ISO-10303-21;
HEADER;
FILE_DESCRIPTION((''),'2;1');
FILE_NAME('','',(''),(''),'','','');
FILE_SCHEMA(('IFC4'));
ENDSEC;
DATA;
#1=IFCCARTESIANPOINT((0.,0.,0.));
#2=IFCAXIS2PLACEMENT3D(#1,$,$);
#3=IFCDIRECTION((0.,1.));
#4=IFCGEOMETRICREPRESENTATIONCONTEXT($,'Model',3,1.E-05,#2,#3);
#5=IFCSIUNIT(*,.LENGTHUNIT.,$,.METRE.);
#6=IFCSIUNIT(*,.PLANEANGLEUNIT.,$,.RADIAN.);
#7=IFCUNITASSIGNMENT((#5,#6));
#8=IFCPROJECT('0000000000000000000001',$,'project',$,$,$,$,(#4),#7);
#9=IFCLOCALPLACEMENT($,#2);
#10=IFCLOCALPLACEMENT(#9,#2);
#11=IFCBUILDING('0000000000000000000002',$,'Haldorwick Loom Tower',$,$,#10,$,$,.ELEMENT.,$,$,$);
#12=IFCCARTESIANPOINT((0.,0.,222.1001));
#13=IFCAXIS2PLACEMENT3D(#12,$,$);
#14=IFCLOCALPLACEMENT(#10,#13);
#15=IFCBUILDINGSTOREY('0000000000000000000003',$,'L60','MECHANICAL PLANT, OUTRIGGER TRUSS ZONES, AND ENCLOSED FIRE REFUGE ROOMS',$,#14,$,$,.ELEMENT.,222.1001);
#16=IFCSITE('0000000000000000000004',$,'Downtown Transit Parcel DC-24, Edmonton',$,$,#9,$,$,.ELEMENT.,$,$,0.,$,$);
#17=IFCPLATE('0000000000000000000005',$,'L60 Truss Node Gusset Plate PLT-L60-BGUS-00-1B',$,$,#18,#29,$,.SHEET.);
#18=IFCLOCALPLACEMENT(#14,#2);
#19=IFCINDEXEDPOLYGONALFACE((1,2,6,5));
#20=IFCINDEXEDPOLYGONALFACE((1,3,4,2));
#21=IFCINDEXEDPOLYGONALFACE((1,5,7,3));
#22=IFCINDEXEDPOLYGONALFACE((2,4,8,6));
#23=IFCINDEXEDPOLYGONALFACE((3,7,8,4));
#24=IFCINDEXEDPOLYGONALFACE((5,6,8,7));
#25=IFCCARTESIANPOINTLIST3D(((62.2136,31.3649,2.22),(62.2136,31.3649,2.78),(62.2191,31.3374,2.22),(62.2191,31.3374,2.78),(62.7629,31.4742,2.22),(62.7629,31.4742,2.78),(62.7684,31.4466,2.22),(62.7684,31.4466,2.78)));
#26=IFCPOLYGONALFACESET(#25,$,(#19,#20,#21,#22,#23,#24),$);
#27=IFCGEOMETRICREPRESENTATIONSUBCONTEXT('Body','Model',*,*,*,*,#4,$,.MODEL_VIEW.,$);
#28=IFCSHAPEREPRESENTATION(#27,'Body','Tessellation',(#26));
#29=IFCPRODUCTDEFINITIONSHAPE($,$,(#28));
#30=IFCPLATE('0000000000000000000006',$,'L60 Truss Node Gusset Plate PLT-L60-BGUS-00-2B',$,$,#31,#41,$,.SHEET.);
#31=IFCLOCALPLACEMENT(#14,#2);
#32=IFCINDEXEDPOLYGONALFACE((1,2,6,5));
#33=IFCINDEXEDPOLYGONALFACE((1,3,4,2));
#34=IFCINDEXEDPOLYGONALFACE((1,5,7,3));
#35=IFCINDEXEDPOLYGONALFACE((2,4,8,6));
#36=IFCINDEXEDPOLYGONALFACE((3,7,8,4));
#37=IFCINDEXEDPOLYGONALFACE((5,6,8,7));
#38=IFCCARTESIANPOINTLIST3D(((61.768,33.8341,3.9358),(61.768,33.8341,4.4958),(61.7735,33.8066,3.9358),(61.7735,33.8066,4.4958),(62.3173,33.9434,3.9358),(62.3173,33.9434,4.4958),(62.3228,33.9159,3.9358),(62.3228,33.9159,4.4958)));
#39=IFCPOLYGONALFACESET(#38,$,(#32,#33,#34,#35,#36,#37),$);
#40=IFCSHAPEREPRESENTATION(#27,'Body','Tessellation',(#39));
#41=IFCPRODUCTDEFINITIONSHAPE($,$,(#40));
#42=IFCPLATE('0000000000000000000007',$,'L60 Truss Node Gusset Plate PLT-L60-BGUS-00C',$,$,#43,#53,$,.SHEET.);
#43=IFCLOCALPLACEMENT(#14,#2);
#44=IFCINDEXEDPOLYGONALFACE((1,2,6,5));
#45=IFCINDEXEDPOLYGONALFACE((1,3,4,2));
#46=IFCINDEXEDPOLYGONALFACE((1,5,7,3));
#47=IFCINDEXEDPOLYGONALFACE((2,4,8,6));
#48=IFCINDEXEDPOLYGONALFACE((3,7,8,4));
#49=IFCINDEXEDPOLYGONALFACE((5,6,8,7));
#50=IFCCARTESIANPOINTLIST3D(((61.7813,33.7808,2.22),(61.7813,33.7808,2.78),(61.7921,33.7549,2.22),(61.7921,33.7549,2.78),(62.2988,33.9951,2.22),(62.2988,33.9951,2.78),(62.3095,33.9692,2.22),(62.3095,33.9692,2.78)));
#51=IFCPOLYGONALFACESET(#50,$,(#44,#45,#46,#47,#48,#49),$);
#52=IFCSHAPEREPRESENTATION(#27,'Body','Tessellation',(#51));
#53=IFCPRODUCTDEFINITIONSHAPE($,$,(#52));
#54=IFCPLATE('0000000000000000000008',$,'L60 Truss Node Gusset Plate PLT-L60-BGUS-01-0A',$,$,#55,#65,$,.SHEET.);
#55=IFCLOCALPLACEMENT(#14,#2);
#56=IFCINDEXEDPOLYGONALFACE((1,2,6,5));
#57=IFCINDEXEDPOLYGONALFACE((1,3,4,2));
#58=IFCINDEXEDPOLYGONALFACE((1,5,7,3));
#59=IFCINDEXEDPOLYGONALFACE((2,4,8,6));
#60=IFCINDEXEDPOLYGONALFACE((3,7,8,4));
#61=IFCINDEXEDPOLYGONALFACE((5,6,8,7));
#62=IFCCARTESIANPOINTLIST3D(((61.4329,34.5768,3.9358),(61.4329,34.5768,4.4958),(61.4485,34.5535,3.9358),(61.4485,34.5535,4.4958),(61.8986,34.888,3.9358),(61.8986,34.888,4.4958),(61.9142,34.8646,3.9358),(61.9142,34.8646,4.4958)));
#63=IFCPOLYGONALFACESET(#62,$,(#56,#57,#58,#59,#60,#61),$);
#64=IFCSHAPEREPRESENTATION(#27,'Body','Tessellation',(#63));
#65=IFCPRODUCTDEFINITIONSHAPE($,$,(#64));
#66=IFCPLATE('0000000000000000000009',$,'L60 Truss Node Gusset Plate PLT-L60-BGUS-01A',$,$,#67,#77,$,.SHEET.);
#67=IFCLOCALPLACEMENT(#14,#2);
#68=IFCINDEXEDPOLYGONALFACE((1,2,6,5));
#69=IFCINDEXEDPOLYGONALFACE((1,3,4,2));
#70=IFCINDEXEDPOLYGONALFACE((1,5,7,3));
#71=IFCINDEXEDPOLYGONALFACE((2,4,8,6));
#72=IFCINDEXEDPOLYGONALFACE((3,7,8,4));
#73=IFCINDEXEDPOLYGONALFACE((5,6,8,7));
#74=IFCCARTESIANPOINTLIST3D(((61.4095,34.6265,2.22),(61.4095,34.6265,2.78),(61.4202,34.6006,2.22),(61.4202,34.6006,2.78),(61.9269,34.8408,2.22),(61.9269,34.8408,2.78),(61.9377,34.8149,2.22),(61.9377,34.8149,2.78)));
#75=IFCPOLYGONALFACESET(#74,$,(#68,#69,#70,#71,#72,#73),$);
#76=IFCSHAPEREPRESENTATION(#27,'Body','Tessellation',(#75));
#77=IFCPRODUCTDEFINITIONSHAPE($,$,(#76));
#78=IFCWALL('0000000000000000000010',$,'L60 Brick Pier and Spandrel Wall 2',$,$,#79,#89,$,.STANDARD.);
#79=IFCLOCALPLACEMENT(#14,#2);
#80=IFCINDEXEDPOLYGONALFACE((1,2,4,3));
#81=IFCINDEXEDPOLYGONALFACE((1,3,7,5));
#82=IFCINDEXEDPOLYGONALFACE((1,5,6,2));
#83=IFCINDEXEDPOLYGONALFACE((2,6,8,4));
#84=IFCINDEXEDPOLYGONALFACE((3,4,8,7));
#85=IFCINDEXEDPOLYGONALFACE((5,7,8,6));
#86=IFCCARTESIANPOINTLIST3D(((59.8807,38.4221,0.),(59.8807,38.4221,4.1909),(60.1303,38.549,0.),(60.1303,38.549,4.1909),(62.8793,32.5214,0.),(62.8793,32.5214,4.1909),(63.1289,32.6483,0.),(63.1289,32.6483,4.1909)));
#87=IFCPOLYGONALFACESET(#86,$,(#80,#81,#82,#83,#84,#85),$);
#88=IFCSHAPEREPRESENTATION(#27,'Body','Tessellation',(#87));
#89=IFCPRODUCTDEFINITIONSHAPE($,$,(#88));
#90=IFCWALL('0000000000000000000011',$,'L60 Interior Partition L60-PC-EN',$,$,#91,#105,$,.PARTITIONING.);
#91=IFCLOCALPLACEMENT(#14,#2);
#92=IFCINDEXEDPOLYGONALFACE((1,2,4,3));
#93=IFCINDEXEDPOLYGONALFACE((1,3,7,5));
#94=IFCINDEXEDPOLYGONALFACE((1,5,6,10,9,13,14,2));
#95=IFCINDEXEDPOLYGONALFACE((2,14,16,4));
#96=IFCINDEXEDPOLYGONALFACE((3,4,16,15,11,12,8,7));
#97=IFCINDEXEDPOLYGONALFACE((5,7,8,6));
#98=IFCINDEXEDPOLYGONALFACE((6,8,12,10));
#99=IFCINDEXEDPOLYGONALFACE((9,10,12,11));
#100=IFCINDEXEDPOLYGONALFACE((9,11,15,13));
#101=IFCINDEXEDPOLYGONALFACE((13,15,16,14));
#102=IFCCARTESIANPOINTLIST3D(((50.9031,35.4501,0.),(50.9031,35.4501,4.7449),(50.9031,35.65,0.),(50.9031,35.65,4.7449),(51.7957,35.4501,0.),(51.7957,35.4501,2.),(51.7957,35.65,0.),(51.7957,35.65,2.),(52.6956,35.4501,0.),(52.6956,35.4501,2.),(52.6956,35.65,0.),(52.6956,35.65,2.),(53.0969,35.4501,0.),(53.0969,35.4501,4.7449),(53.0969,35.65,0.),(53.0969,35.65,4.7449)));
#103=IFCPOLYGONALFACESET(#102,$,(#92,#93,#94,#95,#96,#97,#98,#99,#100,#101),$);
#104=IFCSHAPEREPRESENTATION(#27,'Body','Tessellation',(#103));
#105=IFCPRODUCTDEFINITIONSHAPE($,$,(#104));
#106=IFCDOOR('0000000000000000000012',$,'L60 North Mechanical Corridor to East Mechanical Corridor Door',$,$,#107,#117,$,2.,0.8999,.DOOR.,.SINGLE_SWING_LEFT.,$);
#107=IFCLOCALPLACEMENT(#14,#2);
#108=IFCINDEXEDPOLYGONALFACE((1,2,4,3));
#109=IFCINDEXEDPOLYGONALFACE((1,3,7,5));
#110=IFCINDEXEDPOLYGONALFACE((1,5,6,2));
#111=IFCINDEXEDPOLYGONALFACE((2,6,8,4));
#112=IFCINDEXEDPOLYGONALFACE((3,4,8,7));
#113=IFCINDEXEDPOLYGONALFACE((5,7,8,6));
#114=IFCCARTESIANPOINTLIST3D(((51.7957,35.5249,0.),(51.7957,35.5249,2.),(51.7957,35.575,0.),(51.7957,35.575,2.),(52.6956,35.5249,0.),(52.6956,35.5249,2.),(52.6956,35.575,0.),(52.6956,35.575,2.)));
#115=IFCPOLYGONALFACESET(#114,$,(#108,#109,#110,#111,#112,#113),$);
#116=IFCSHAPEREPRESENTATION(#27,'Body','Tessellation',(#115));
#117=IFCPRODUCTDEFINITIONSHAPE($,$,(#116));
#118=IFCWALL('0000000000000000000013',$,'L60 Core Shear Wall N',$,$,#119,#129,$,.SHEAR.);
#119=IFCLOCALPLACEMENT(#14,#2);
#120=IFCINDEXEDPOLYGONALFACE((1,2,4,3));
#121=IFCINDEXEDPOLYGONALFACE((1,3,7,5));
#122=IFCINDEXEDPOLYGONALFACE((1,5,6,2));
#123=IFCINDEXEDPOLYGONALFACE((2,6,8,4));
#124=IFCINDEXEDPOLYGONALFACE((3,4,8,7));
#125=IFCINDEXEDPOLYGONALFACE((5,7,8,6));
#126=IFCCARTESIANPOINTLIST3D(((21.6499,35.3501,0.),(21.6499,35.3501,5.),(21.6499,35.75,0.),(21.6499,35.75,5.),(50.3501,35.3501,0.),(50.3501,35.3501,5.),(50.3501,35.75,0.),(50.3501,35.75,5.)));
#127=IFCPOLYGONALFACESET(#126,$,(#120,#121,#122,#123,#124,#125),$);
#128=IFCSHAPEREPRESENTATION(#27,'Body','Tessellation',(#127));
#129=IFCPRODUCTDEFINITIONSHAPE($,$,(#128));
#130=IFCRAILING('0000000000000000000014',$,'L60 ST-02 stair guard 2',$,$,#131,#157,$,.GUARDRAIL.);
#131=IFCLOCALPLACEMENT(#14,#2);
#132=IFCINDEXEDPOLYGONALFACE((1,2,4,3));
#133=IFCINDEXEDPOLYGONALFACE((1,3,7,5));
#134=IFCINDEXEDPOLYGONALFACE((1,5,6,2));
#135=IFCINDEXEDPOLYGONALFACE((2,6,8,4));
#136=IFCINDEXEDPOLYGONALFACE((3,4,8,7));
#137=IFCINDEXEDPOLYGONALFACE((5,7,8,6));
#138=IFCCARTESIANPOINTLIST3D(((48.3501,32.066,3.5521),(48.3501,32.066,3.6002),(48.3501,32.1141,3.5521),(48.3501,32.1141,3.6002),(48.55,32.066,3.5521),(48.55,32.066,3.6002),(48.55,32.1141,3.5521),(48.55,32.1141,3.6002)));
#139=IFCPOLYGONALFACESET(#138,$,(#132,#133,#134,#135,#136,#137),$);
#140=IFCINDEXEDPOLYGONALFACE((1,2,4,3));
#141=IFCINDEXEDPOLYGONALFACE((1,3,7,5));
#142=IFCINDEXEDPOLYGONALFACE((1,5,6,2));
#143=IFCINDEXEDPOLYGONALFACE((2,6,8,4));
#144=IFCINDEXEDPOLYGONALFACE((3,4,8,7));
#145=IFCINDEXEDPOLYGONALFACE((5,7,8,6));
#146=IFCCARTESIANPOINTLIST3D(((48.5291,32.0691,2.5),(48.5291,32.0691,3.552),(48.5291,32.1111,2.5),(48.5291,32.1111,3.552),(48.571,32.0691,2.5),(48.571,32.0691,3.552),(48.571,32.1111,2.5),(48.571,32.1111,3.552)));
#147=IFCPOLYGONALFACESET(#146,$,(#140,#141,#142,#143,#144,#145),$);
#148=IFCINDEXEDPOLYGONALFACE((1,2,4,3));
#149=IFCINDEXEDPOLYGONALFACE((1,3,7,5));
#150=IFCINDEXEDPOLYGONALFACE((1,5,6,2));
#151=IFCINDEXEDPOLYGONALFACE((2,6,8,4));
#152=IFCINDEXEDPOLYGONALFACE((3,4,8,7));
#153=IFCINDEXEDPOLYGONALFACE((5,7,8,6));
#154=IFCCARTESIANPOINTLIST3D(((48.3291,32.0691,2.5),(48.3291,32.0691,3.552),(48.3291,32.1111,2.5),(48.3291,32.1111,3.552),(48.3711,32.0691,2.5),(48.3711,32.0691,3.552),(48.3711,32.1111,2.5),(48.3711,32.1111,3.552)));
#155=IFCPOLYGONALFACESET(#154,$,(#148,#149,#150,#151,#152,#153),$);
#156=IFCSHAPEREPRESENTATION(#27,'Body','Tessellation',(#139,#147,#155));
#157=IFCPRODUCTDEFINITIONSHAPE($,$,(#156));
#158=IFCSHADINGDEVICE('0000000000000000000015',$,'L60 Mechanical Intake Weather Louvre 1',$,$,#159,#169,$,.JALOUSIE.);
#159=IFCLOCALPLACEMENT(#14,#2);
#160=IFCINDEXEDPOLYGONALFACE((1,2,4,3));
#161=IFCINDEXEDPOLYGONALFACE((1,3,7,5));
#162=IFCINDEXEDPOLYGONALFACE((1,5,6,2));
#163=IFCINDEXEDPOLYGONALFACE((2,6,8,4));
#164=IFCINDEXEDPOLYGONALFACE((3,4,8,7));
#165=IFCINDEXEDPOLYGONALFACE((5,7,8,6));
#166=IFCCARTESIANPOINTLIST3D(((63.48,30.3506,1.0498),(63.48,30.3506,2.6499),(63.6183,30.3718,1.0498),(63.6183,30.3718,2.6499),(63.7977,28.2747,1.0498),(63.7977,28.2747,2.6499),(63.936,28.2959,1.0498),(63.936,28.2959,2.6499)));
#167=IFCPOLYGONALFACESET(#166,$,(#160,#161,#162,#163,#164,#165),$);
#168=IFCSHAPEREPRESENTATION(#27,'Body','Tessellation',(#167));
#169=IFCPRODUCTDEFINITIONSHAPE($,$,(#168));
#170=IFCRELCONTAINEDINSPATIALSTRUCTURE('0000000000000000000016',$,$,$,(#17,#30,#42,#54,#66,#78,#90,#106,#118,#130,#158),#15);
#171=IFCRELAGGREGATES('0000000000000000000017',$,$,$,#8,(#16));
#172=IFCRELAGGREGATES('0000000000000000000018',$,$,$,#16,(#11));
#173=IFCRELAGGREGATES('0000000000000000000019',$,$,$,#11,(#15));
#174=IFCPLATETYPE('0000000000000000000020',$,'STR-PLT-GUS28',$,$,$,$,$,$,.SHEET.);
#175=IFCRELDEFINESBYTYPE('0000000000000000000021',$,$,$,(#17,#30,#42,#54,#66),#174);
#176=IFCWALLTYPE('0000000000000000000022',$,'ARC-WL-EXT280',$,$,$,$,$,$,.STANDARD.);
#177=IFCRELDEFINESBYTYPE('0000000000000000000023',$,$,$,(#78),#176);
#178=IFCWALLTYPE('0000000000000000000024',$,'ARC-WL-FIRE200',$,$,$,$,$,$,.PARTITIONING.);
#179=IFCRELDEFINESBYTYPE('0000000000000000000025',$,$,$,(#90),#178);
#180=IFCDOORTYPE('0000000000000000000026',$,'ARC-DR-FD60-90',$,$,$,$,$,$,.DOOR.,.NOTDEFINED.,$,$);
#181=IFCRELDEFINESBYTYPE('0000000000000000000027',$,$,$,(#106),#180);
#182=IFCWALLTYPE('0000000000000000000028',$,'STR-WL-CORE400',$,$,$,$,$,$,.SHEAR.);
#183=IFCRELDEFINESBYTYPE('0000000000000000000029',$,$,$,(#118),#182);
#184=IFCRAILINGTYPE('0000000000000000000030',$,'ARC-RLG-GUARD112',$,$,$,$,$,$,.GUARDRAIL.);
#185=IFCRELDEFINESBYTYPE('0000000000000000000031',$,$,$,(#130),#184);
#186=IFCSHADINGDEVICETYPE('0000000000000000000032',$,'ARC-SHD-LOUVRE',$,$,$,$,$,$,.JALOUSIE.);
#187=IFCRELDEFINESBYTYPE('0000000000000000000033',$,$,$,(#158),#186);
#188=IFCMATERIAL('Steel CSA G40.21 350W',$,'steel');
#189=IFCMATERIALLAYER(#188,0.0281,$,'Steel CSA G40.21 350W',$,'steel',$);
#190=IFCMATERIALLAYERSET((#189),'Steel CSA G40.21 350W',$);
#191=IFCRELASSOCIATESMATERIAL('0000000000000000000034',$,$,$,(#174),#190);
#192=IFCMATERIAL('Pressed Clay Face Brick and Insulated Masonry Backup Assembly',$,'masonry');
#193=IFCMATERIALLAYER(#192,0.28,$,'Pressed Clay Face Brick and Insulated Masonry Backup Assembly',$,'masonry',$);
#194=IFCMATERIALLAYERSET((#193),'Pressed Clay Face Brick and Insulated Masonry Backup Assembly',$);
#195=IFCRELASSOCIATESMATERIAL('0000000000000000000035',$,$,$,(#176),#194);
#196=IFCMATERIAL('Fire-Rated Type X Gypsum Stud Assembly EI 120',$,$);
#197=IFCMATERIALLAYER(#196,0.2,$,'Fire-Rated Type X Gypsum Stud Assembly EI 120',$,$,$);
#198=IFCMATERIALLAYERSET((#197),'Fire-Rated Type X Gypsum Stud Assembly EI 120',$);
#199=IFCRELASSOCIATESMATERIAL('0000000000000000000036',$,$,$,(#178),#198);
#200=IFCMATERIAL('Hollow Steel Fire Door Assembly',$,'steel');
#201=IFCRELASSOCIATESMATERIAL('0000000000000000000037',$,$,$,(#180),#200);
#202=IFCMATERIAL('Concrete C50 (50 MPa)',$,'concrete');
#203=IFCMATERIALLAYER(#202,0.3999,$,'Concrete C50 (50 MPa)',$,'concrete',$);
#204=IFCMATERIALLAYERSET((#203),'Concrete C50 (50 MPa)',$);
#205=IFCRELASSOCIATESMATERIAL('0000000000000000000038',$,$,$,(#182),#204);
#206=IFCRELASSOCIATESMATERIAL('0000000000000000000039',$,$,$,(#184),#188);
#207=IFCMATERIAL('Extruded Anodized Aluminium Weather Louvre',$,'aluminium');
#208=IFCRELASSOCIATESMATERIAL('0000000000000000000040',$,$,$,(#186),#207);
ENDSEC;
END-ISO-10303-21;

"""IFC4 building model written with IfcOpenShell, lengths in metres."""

from ifc_helpers import new_model, si_unit, direction, frame, frame_2d, origin, origin_2d, place, context, subcontext, project, spatial, rectangle, extrude, material, layer, layer_set, type_object, element, fill, save


model = new_model("IFC4")

# Units and contexts
model_context = context("Model", 3, precision=1e-05, world=origin(), true_north=direction((0.0, 1.0)))
body_context = subcontext(model_context, "Body", "Model", "MODEL_VIEW")
ifc_project = project(units=[si_unit("LENGTHUNIT", "METRE"), si_unit("PLANEANGLEUNIT", "RADIAN")], contexts=[model_context])

# Site, building, storey
site_placement = place(None, origin())
site = spatial("IfcSite", under=ifc_project, at=site_placement, Name="Downtown Transit Parcel DC-24, Edmonton", CompositionType="ELEMENT", RefElevation=0.0)
building_placement = place(site_placement, origin())
building = spatial("IfcBuilding", under=site, at=building_placement, Name="Haldorwick Loom Tower", CompositionType="ELEMENT")
storey_placement = place(building_placement, frame((0.0, 0.0, 222.1001)))
storey = spatial("IfcBuildingStorey", under=building, at=storey_placement, Name="L60", Description="MECHANICAL PLANT, OUTRIGGER TRUSS ZONES, AND ENCLOSED FIRE REFUGE ROOMS", CompositionType="ELEMENT", Elevation=222.1001)

# Shared definitions
ifc_material_1 = material(Name="Steel CSA G40.21 350W", Category="steel")

# Plates
ifc_layer_1 = layer(ifc_material_1, 0.0281, Name="Steel CSA G40.21 350W", Category="steel")
ifc_layer_set_1 = layer_set([ifc_layer_1], Name="Steel CSA G40.21 350W")
plate_type = type_object("IfcPlateType", Name="STR-PLT-GUS28", PredefinedType="SHEET", material=ifc_layer_set_1)
for number, where, z_axis, x_axis, name in (
    (1, (62.491, 31.4058, 2.22), (0.0, 0.0, 1.0), (0.980785, 0.19509, 0.0), "L60 Truss Node Gusset Plate PLT-L60-BGUS-00-1B"),
    (2, (62.0454, 33.875, 3.9358), (0.0, 0.0, 1.0), (0.980785, 0.19509, 0.0), "L60 Truss Node Gusset Plate PLT-L60-BGUS-00-2B"),
    (3, (62.0454, 33.875, 2.22), (0.0, 0.0, 1.0), (0.92388, 0.382683, 0.0), "L60 Truss Node Gusset Plate PLT-L60-BGUS-00C"),
    (4, (61.6736, 34.7207, 3.9358), (0.0, 0.0, 1.0), (0.83147, 0.55557, 0.0), "L60 Truss Node Gusset Plate PLT-L60-BGUS-01-0A"),
    (5, (61.6736, 34.7207, 2.22), (0.0, 0.0, 1.0), (0.92388, 0.382683, 0.0), "L60 Truss Node Gusset Plate PLT-L60-BGUS-01A"),
):
    element("IfcPlate", number, at=place(storey_placement, frame(where, z_axis=z_axis, x_axis=x_axis)), inside=storey, type_object=plate_type, Name=name, PredefinedType="SHEET", context=body_context, shape_type="SweptSolid", body=[
        extrude(rectangle(XDim=0.5601, YDim=0.0281, at=origin_2d()), origin(), (0.0, 0.0, 1.0), 0.5601),
    ])

# Wall
ifc_material_2 = material(Name="Pressed Clay Face Brick and Insulated Masonry Backup Assembly", Category="masonry")
ifc_layer_2 = layer(ifc_material_2, 0.28, Name="Pressed Clay Face Brick and Insulated Masonry Backup Assembly", Category="masonry")
ifc_layer_set_2 = layer_set([ifc_layer_2], Name="Pressed Clay Face Brick and Insulated Masonry Backup Assembly")
wall_type_1 = type_object("IfcWallType", Name="ARC-WL-EXT280", PredefinedType="STANDARD", material=ifc_layer_set_2)
wall_1_placement = place(storey_placement, frame((63.0042, 32.5847, 0.0), z_axis=(0.0, 0.0, 1.0), x_axis=(-0.453032, 0.891494, 0.0)))
element("IfcWall", 6, at=wall_1_placement, inside=storey, type_object=wall_type_1, Name="L60 Brick Pier and Spandrel Wall 2", PredefinedType="STANDARD", context=body_context, shape_type="SweptSolid", body=[
    extrude(rectangle(XDim=6.6189, YDim=0.28, at=frame_2d((3.3096, 0.0))), origin(), (0.0, 0.0, 1.0), 4.1909),
])

# Wall, opening, door
ifc_material_3 = material(Name="Fire-Rated Type X Gypsum Stud Assembly EI 120")
ifc_layer_3 = layer(ifc_material_3, 0.2, Name="Fire-Rated Type X Gypsum Stud Assembly EI 120")
ifc_layer_set_3 = layer_set([ifc_layer_3], Name="Fire-Rated Type X Gypsum Stud Assembly EI 120")
wall_type_2 = type_object("IfcWallType", Name="ARC-WL-FIRE200", PredefinedType="PARTITIONING", material=ifc_layer_set_3)
wall_2_placement = place(storey_placement, frame((50.9031, 35.55, 0.0), z_axis=(0.0, 0.0, 1.0), x_axis=(1.0, 0.0, 0.0)))
wall_2 = element("IfcWall", 7, at=wall_2_placement, inside=storey, type_object=wall_type_2, Name="L60 Interior Partition L60-PC-EN", PredefinedType="PARTITIONING", context=body_context, shape_type="SweptSolid", body=[
    extrude(rectangle(XDim=2.1938, YDim=0.2, at=frame_2d((1.0969, 0.0))), origin(), (0.0, 0.0, 1.0), 4.7449),
])
opening_placement = place(wall_2_placement, frame((0.8926, 0.0, 0.0)))
opening = element("IfcOpeningElement", 8, at=opening_placement, cuts=wall_2, PredefinedType="OPENING", context=body_context, shape_type="SweptSolid", body=[
    extrude(rectangle(XDim=0.8999, YDim=2.0, at=frame_2d((0.45, 1.0))), frame((0.0, 0.1099, 0.0), z_axis=(0.0, -1.0, 0.0), x_axis=(1.0, 0.0, 0.0)), (0.0, 0.0, 1.0), 0.22),
])
ifc_material_4 = material(Name="Hollow Steel Fire Door Assembly", Category="steel")
door_type = type_object("IfcDoorType", Name="ARC-DR-FD60-90", OperationType="NOTDEFINED", PredefinedType="DOOR", material=ifc_material_4)
door_placement = place(opening_placement, origin())
door = element("IfcDoor", 9, at=door_placement, inside=storey, type_object=door_type, Name="L60 North Mechanical Corridor to East Mechanical Corridor Door", OperationType="SINGLE_SWING_LEFT", OverallHeight=2.0, OverallWidth=0.8999, PredefinedType="DOOR", context=body_context, shape_type="SweptSolid", body=[
    extrude(rectangle(XDim=0.8999, YDim=2.0, at=frame_2d((0.45, 1.0))), frame((0.0, 0.0249, 0.0), z_axis=(0.0, -1.0, 0.0), x_axis=(1.0, 0.0, 0.0)), (0.0, 0.0, 1.0), 0.05),
])
fill(opening, door)

# Wall
ifc_material_5 = material(Name="Concrete C50 (50 MPa)", Category="concrete")
ifc_layer_4 = layer(ifc_material_5, 0.3999, Name="Concrete C50 (50 MPa)", Category="concrete")
ifc_layer_set_4 = layer_set([ifc_layer_4], Name="Concrete C50 (50 MPa)")
wall_type_3 = type_object("IfcWallType", Name="STR-WL-CORE400", PredefinedType="SHEAR", material=ifc_layer_set_4)
wall_3_placement = place(storey_placement, frame((50.3501, 35.55, 0.0), z_axis=(0.0, 0.0, 1.0), x_axis=(-1.0, 0.0, 0.0)))
element("IfcWall", 10, at=wall_3_placement, inside=storey, type_object=wall_type_3, Name="L60 Core Shear Wall N", PredefinedType="SHEAR", context=body_context, shape_type="SweptSolid", body=[
    extrude(rectangle(XDim=28.7002, YDim=0.3999, at=frame_2d((14.3501, 0.0))), origin(), (0.0, 0.0, 1.0), 5.0),
])

# Railing
railing_type = type_object("IfcRailingType", Name="ARC-RLG-GUARD112", PredefinedType="GUARDRAIL", material=ifc_material_1)
railing_placement = place(storey_placement, frame((48.55, 32.0901, 2.5)))
element("IfcRailing", 11, at=railing_placement, inside=storey, type_object=railing_type, Name="L60 ST-02 stair guard 2", PredefinedType="GUARDRAIL", context=body_context, shape_type="SweptSolid", body=[
    extrude(rectangle(XDim=0.0481, YDim=0.0481, at=origin_2d()), frame((0.0, 0.0, 1.0762), z_axis=(-1.0, 0.0, 0.0), x_axis=(0.0, -1.0, 0.0)), (0.0, 0.0, 1.0), 0.2),
    extrude(rectangle(XDim=0.042, YDim=0.042, at=origin_2d()), origin(), (0.0, 0.0, 1.0), 1.052),
    extrude(rectangle(XDim=0.042, YDim=0.042, at=origin_2d()), frame((-0.2, 0.0, 0.0)), (0.0, 0.0, 1.0), 1.052),
])

# Shading device
ifc_material_6 = material(Name="Extruded Anodized Aluminium Weather Louvre", Category="aluminium")
shading_device_type = type_object("IfcShadingDeviceType", Name="ARC-SHD-LOUVRE", PredefinedType="JALOUSIE", material=ifc_material_6)
shading_device_placement = place(storey_placement, frame((63.708, 29.3232, 1.0498), z_axis=(0.0, 0.0, 1.0), x_axis=(-0.151261, 0.988494, 0.0)))
element("IfcShadingDevice", 12, at=shading_device_placement, inside=storey, type_object=shading_device_type, Name="L60 Mechanical Intake Weather Louvre 1", PredefinedType="JALOUSIE", context=body_context, shape_type="SweptSolid", body=[
    extrude(rectangle(XDim=2.1001, YDim=0.1399, at=origin_2d()), origin(), (0.0, 0.0, 1.0), 1.6001),
])

save(model, "model.ifc")
